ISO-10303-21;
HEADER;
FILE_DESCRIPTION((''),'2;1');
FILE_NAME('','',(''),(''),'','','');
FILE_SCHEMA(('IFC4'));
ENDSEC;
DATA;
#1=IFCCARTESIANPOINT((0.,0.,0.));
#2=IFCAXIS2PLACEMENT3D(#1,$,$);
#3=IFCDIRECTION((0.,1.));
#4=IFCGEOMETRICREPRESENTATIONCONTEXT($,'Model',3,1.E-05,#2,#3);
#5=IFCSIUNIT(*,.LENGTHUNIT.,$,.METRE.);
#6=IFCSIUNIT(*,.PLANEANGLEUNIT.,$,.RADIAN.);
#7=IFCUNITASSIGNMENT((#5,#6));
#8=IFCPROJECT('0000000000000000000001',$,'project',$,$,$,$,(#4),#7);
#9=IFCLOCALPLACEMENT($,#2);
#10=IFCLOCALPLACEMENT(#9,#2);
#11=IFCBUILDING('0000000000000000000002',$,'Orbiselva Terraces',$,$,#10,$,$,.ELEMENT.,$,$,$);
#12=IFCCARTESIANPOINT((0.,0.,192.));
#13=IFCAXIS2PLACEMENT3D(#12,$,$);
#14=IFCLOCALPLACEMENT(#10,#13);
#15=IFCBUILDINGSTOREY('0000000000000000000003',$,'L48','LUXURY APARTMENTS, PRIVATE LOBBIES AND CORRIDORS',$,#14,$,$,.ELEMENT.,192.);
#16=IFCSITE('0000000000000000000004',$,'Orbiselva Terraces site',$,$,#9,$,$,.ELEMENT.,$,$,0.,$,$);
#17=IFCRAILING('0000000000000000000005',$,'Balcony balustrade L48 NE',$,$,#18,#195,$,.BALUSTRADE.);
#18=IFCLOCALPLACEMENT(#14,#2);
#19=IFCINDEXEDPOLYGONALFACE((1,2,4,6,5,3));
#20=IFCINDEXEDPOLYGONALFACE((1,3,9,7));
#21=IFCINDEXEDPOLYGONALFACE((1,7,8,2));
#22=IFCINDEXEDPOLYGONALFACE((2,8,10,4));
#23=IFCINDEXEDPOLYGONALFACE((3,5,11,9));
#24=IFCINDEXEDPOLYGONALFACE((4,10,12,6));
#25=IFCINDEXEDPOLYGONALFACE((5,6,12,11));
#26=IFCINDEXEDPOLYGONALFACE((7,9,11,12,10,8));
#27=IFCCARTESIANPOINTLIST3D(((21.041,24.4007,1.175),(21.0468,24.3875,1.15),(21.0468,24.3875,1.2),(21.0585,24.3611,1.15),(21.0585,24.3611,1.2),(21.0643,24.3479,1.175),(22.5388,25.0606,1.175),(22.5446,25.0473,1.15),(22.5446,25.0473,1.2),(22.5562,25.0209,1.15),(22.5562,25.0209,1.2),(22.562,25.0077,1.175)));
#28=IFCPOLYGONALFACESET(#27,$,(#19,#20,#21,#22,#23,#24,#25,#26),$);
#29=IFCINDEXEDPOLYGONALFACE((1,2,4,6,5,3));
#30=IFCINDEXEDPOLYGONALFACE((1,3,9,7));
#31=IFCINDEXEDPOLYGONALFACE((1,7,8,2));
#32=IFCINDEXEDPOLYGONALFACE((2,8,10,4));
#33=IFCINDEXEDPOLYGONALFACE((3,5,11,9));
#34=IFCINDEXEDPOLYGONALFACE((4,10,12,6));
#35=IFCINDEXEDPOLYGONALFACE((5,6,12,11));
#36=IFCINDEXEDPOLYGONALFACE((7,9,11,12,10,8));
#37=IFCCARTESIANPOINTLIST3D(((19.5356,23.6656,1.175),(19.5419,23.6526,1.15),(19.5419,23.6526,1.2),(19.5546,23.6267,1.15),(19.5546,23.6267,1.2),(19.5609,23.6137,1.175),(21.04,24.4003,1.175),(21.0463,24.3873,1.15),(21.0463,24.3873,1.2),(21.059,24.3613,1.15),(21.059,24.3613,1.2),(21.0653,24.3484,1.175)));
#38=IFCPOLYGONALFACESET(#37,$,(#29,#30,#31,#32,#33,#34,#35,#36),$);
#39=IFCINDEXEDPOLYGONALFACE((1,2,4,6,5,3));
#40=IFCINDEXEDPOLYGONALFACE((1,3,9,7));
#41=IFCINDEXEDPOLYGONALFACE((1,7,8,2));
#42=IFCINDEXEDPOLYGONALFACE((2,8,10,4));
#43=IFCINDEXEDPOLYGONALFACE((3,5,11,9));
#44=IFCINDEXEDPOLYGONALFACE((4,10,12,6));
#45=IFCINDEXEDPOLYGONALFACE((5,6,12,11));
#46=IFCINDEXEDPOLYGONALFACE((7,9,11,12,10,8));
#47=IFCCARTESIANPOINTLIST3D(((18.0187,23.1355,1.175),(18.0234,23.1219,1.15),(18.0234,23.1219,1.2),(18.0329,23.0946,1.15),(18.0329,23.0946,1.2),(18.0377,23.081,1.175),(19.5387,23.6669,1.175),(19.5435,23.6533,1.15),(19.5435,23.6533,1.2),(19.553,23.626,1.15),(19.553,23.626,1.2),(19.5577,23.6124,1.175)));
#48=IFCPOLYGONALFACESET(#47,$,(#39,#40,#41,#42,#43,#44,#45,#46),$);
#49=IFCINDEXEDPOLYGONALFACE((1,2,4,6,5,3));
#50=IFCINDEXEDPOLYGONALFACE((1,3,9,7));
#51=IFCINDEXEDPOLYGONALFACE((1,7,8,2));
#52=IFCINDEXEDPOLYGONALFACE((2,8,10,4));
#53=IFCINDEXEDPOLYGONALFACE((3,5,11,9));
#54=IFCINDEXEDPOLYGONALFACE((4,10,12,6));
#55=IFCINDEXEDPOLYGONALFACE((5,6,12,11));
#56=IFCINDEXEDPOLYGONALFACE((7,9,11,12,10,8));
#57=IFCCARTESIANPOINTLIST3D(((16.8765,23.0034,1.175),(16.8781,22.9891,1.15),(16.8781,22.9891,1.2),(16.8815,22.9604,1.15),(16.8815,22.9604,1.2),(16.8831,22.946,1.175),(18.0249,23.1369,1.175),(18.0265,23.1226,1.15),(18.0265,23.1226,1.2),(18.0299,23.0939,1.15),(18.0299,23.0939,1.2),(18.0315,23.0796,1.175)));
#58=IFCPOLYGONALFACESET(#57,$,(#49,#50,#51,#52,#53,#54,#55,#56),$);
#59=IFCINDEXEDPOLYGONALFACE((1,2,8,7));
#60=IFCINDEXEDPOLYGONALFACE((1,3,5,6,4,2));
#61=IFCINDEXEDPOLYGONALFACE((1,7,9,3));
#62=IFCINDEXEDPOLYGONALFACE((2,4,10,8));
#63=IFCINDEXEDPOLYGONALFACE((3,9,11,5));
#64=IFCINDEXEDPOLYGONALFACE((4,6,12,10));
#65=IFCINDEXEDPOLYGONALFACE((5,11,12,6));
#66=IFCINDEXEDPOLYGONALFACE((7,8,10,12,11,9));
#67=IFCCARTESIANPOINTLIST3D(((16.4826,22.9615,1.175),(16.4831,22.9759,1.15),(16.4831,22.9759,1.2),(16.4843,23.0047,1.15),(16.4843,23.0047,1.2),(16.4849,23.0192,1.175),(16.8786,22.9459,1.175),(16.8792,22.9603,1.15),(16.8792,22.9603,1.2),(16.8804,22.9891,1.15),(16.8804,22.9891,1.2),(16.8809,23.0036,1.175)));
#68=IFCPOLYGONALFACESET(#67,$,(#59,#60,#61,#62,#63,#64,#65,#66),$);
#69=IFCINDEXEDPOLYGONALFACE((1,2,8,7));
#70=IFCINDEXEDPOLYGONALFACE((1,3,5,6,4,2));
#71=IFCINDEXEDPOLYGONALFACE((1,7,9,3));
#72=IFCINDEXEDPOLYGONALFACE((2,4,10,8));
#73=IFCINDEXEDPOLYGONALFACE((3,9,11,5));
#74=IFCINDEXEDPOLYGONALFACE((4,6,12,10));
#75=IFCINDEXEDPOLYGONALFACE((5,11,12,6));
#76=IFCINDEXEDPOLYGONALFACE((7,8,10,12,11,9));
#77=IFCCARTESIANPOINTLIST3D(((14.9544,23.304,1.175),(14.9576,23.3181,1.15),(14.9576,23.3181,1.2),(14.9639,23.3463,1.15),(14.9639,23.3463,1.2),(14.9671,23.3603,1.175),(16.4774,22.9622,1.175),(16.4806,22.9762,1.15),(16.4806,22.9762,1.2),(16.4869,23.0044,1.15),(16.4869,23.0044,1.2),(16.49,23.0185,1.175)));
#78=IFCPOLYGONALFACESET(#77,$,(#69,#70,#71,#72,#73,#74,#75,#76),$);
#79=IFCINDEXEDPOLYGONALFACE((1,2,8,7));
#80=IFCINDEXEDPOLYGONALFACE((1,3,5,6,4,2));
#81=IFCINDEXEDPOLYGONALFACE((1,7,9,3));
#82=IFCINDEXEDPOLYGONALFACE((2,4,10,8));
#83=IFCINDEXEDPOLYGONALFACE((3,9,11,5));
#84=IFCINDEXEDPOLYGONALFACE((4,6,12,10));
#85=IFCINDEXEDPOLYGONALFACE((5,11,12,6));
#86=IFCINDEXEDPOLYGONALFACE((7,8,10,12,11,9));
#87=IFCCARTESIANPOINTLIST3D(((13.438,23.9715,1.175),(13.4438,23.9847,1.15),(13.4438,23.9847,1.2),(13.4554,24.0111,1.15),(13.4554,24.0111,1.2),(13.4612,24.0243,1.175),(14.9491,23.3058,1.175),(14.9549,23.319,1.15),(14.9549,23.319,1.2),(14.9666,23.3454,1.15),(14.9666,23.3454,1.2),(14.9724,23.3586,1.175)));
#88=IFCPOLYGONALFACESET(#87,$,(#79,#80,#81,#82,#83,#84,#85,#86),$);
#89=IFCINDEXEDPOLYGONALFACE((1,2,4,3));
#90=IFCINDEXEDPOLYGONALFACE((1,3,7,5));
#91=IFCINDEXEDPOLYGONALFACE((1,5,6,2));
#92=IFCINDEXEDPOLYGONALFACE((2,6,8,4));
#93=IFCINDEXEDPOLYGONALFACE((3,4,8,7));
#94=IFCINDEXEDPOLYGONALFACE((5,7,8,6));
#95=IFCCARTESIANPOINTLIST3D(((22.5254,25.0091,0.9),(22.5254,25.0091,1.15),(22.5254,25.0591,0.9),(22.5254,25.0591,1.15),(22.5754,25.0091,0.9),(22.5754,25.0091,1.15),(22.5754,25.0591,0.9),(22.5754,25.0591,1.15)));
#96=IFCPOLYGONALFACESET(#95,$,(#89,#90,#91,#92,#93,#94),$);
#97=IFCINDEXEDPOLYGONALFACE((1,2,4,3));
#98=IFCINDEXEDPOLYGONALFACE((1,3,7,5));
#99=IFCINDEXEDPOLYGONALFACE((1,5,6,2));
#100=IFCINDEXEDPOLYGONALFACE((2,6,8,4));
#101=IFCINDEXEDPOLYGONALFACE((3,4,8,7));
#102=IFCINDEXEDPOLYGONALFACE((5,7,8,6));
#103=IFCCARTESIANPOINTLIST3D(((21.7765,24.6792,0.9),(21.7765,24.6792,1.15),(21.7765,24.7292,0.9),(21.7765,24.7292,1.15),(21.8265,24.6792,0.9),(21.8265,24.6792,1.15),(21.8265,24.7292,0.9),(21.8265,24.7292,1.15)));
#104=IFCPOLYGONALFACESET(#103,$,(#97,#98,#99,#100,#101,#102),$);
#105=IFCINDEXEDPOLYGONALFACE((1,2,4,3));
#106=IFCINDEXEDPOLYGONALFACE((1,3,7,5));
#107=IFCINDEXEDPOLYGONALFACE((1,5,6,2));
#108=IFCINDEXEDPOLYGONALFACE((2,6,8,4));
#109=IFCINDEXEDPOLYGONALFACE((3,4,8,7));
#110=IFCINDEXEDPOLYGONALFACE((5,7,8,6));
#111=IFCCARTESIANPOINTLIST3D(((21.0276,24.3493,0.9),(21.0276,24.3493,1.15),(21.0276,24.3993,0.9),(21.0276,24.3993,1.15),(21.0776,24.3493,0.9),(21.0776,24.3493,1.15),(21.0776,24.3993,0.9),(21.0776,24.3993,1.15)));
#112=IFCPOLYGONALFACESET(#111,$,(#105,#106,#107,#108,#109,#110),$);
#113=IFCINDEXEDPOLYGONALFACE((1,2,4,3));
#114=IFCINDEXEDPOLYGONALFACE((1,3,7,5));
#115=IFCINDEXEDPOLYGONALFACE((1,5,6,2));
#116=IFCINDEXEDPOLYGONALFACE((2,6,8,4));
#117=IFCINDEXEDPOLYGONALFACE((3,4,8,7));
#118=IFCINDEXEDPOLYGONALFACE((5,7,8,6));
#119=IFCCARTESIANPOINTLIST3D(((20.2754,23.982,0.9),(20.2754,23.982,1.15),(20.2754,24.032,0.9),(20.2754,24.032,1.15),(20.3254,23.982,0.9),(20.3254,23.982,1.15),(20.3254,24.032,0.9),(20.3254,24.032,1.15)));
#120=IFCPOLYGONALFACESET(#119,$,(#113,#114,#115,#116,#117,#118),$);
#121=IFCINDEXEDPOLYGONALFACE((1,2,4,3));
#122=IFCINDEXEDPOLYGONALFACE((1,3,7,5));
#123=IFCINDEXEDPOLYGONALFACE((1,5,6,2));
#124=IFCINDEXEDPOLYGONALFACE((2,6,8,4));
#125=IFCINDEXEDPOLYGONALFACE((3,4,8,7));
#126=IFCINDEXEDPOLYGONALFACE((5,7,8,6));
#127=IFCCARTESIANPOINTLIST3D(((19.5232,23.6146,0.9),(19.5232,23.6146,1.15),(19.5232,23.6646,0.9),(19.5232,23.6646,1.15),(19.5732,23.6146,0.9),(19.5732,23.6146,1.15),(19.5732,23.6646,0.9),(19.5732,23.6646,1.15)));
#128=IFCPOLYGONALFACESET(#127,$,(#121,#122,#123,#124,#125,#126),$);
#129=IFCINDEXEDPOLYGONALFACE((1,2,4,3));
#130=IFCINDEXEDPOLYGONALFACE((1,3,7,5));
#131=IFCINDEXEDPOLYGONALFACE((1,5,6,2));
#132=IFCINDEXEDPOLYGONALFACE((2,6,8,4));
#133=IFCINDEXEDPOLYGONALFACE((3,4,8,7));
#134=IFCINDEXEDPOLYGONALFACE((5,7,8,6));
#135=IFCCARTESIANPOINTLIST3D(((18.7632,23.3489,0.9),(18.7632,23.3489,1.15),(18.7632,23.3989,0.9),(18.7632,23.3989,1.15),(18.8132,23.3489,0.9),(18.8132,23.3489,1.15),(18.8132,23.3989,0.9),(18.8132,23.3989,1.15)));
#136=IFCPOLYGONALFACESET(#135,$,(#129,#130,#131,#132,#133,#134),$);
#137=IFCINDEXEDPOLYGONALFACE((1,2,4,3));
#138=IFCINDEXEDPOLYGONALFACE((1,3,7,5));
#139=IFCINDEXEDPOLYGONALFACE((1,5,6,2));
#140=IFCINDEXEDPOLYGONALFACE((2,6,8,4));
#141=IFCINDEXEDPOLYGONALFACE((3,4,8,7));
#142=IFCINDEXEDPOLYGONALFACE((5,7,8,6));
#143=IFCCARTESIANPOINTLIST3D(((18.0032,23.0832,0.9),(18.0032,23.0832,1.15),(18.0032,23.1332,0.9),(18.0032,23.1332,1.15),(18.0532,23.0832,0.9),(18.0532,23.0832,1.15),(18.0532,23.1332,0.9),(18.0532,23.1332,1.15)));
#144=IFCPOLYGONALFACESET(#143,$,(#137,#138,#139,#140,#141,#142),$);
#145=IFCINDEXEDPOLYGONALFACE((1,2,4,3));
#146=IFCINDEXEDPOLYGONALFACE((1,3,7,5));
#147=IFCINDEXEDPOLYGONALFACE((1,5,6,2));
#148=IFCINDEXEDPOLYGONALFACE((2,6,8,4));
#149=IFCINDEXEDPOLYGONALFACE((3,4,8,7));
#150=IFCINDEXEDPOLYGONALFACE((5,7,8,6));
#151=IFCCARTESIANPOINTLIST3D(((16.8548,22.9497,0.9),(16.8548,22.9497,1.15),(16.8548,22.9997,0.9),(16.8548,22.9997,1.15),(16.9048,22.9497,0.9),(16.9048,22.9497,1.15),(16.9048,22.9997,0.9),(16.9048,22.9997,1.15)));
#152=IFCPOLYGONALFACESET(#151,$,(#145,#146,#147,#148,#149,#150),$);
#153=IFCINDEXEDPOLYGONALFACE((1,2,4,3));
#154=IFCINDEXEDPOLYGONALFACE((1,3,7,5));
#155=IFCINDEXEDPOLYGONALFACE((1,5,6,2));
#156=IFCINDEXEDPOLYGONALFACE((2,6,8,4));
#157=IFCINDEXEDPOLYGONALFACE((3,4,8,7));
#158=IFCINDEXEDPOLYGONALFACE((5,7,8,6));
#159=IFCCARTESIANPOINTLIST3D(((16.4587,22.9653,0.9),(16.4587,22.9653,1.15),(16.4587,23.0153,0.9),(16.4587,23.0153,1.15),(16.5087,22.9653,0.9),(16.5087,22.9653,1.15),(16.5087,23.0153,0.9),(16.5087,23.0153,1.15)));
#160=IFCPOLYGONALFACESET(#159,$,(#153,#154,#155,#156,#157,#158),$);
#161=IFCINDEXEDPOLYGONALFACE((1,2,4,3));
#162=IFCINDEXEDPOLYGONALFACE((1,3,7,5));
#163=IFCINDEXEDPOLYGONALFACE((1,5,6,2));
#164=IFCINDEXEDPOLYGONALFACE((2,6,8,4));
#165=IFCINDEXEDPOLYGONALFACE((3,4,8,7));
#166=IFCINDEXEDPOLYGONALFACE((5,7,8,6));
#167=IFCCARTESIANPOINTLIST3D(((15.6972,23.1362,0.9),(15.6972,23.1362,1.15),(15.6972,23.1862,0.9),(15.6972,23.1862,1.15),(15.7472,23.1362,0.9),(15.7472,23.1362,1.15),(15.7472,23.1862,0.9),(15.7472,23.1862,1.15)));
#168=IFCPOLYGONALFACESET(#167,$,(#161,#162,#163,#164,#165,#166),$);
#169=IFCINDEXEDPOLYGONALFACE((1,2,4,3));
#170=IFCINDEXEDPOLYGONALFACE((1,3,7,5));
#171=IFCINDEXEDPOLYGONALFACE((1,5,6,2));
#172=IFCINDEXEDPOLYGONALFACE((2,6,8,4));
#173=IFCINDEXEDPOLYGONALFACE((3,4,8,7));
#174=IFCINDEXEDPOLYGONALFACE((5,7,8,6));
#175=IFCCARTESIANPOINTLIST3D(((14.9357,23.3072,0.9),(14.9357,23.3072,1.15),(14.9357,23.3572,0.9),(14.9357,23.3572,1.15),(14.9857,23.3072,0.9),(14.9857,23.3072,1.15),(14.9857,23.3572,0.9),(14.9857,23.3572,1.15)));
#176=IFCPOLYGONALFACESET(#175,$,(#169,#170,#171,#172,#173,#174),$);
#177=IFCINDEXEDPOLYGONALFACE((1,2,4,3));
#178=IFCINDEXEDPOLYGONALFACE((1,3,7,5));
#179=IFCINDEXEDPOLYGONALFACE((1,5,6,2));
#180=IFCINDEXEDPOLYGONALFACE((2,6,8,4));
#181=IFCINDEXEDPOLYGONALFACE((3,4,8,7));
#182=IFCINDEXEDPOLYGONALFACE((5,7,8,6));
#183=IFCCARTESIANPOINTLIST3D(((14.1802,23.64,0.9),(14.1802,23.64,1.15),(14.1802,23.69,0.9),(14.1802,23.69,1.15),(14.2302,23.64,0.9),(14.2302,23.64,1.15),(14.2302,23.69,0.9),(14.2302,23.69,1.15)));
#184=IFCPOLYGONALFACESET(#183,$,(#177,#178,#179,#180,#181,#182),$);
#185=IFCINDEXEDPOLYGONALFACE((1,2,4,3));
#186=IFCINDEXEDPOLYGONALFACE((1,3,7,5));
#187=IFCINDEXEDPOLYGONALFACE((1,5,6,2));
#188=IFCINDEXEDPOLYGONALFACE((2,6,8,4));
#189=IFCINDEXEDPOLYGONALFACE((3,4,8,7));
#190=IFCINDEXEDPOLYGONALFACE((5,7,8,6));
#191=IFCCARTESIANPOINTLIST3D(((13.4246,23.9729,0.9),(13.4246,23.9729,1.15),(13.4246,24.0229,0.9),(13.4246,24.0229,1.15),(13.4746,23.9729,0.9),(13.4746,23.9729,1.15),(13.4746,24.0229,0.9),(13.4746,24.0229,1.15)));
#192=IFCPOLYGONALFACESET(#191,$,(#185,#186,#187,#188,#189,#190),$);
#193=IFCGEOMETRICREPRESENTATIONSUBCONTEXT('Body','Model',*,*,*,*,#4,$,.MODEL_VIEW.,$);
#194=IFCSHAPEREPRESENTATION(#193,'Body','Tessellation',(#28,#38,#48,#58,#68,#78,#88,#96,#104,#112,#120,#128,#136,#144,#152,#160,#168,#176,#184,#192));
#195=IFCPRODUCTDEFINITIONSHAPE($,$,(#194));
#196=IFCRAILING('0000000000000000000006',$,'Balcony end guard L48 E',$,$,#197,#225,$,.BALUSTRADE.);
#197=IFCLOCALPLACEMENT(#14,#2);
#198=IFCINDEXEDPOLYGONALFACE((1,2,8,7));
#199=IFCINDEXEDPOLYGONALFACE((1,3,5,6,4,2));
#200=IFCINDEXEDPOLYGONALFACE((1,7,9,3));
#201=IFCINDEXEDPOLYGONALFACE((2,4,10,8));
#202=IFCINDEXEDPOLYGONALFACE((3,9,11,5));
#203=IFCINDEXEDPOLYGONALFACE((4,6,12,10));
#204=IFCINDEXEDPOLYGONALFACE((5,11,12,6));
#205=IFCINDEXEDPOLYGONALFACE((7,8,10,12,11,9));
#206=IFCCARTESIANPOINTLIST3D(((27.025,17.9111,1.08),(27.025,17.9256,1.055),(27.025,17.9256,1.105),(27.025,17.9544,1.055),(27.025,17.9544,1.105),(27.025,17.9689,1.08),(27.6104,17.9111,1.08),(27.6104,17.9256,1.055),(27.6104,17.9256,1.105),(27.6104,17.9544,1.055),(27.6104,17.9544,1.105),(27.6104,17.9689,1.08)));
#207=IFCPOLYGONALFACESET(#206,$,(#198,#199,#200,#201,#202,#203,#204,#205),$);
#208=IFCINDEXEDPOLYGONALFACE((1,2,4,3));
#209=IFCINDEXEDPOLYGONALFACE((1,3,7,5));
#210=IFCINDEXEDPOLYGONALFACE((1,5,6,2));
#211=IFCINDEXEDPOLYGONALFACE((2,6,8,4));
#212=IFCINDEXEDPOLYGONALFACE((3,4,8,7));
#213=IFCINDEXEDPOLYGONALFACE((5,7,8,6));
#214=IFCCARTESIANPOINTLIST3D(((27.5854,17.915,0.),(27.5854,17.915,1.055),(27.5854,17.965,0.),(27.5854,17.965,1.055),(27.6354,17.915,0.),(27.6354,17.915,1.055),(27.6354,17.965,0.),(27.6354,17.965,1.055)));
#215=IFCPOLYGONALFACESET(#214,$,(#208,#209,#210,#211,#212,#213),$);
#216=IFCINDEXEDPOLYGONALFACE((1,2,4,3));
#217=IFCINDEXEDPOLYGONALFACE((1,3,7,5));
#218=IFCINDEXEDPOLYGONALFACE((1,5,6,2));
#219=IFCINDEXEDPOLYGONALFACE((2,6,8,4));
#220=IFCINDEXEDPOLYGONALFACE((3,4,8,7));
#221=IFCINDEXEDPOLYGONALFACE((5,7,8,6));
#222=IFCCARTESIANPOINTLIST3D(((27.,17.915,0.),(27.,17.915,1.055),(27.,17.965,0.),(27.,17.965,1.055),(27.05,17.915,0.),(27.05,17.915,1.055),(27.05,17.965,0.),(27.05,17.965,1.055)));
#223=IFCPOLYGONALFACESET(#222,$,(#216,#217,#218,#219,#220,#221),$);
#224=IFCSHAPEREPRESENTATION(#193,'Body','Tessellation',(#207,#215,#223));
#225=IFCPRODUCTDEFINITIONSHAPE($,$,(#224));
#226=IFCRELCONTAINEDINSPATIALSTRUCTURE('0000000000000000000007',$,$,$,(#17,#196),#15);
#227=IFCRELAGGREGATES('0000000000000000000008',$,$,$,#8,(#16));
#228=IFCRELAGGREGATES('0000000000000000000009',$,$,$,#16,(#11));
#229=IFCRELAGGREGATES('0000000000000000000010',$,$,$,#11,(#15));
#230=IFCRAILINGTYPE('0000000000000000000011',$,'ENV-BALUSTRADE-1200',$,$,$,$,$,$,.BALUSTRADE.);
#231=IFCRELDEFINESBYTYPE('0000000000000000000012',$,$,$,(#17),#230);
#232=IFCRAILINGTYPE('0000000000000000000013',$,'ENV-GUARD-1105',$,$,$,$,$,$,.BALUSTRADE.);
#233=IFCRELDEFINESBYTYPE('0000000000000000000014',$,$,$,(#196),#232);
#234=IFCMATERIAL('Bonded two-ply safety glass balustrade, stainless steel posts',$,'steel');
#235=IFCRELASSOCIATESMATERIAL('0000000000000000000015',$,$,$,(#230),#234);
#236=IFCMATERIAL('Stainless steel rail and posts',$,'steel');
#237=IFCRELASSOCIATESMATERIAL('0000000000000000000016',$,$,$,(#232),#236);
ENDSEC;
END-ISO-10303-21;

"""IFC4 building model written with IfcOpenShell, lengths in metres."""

from ifc_helpers import new_model, si_unit, direction, frame, origin, origin_2d, place, context, subcontext, project, spatial, polyline, rectangle, outline, extrude, material, type_object, element, save


model = new_model("IFC4")

# Units and contexts
model_context = context("Model", 3, precision=1e-05, world=origin(), true_north=direction((0.0, 1.0)))
body_context = subcontext(model_context, "Body", "Model", "MODEL_VIEW")
ifc_project = project(units=[si_unit("LENGTHUNIT", "METRE"), si_unit("PLANEANGLEUNIT", "RADIAN")], contexts=[model_context])

# Site, building, storey
site_placement = place(None, origin())
site = spatial("IfcSite", under=ifc_project, at=site_placement, Name="Orbiselva Terraces site", CompositionType="ELEMENT", RefElevation=0.0)
building_placement = place(site_placement, origin())
building = spatial("IfcBuilding", under=site, at=building_placement, Name="Orbiselva Terraces", CompositionType="ELEMENT")
storey_placement = place(building_placement, frame((0.0, 0.0, 192.0)))
storey = spatial("IfcBuildingStorey", under=building, at=storey_placement, Name="L48", Description="LUXURY APARTMENTS, PRIVATE LOBBIES AND CORRIDORS", CompositionType="ELEMENT", Elevation=192.0)

# Railings
ifc_material_1 = material(Name="Bonded two-ply safety glass balustrade, stainless steel posts", Category="steel")
railing_type_1 = type_object("IfcRailingType", Name="ENV-BALUSTRADE-1200", PredefinedType="BALUSTRADE", material=ifc_material_1)
railing_1_placement = place(storey_placement, frame((22.5504, 25.0341, 0.9)))
element("IfcRailing", 1, at=railing_1_placement, inside=storey, type_object=railing_type_1, Name="Balcony balustrade L48 NE", PredefinedType="BALUSTRADE", context=body_context, shape_type="SweptSolid", body=[
    extrude(outline(polyline([(0.0289, 0.0), (0.0144, 0.025), (-0.0144, 0.025), (-0.0289, 0.0), (-0.0144, -0.025), (0.0144, -0.025), (0.0289, 0.0)])), frame((0.0, 0.0, 0.275), z_axis=(-0.915133, -0.403151, 0.0), x_axis=(0.403151, -0.915133, 0.0)), (0.0, 0.0, 1.0), 1.6366),
    extrude(outline(polyline([(0.0289, 0.0), (0.0144, 0.025), (-0.0144, 0.025), (-0.0289, 0.0), (-0.0144, -0.025), (0.0144, -0.025), (0.0289, 0.0)])), frame((-1.4978, -0.6598, 0.275), z_axis=(-0.898579, -0.438812, 0.0), x_axis=(0.438812, -0.898579, 0.0)), (0.0, 0.0, 1.0), 1.6742),
    extrude(outline(polyline([(0.0289, 0.0), (0.0144, 0.025), (-0.0144, 0.025), (-0.0289, 0.0), (-0.0144, -0.025), (0.0144, -0.025), (0.0289, 0.0)])), frame((-3.0022, -1.3945, 0.275), z_axis=(-0.943972, -0.330025, 0.0), x_axis=(0.330025, -0.943972, 0.0)), (0.0, 0.0, 1.0), 1.6103),
    extrude(outline(polyline([(0.0289, 0.0), (0.0144, 0.025), (-0.0144, 0.025), (-0.0289, 0.0), (-0.0144, -0.025), (0.0144, -0.025), (0.0289, 0.0)])), frame((-4.5222, -1.9259, 0.275), z_axis=(-0.99331, -0.115482, 0.0), x_axis=(0.115482, -0.99331, 0.0)), (0.0, 0.0, 1.0), 1.1561),
    extrude(outline(polyline([(0.0289, 0.0), (0.0144, 0.025), (-0.0144, 0.025), (-0.0289, 0.0), (-0.0144, -0.025), (0.0144, -0.025), (0.0289, 0.0)])), frame((-5.6706, -2.0594, 0.275), z_axis=(-0.999225, 0.039369, 0.0), x_axis=(-0.039369, -0.999225, 0.0)), (0.0, 0.0, 1.0), 0.3964),
    extrude(outline(polyline([(0.0289, 0.0), (0.0144, 0.025), (-0.0144, 0.025), (-0.0289, 0.0), (-0.0144, -0.025), (0.0144, -0.025), (0.0289, 0.0)])), frame((-6.0667, -2.0438, 0.275), z_axis=(-0.975721, 0.219016, 0.0), x_axis=(-0.219016, -0.975721, 0.0)), (0.0, 0.0, 1.0), 1.5609),
    extrude(outline(polyline([(0.0289, 0.0), (0.0144, 0.025), (-0.0144, 0.025), (-0.0289, 0.0), (-0.0144, -0.025), (0.0144, -0.025), (0.0289, 0.0)])), frame((-7.5896, -1.702, 0.275), z_axis=(-0.915134, 0.403151, 0.0), x_axis=(-0.403151, -0.915134, 0.0)), (0.0, 0.0, 1.0), 1.6513),
    extrude(rectangle(XDim=0.05, YDim=0.05, at=origin_2d()), origin(), (0.0, 0.0, 1.0), 0.25),
    extrude(rectangle(XDim=0.05, YDim=0.05, at=origin_2d()), frame((-0.7489, -0.3299, 0.0)), (0.0, 0.0, 1.0), 0.25),
    extrude(rectangle(XDim=0.05, YDim=0.05, at=origin_2d()), frame((-1.4978, -0.6598, 0.0)), (0.0, 0.0, 1.0), 0.25),
    extrude(rectangle(XDim=0.05, YDim=0.05, at=origin_2d()), frame((-2.25, -1.0272, 0.0)), (0.0, 0.0, 1.0), 0.25),
    extrude(rectangle(XDim=0.05, YDim=0.05, at=origin_2d()), frame((-3.0022, -1.3945, 0.0)), (0.0, 0.0, 1.0), 0.25),
    extrude(rectangle(XDim=0.05, YDim=0.05, at=origin_2d()), frame((-3.7622, -1.6602, 0.0)), (0.0, 0.0, 1.0), 0.25),
    extrude(rectangle(XDim=0.05, YDim=0.05, at=origin_2d()), frame((-4.5222, -1.9259, 0.0)), (0.0, 0.0, 1.0), 0.25),
    extrude(rectangle(XDim=0.05, YDim=0.05, at=origin_2d()), frame((-5.6706, -2.0594, 0.0)), (0.0, 0.0, 1.0), 0.25),
    extrude(rectangle(XDim=0.05, YDim=0.05, at=origin_2d()), frame((-6.0667, -2.0438, 0.0)), (0.0, 0.0, 1.0), 0.25),
    extrude(rectangle(XDim=0.05, YDim=0.05, at=origin_2d()), frame((-6.8282, -1.8729, 0.0)), (0.0, 0.0, 1.0), 0.25),
    extrude(rectangle(XDim=0.05, YDim=0.05, at=origin_2d()), frame((-7.5896, -1.702, 0.0)), (0.0, 0.0, 1.0), 0.25),
    extrude(rectangle(XDim=0.05, YDim=0.05, at=origin_2d()), frame((-8.3452, -1.3691, 0.0)), (0.0, 0.0, 1.0), 0.25),
    extrude(rectangle(XDim=0.05, YDim=0.05, at=origin_2d()), frame((-9.1008, -1.0362, 0.0)), (0.0, 0.0, 1.0), 0.25),
])
ifc_material_2 = material(Name="Stainless steel rail and posts", Category="steel")
railing_type_2 = type_object("IfcRailingType", Name="ENV-GUARD-1105", PredefinedType="BALUSTRADE", material=ifc_material_2)
railing_2_placement = place(storey_placement, frame((27.6104, 17.94, 0.0)))
element("IfcRailing", 2, at=railing_2_placement, inside=storey, type_object=railing_type_2, Name="Balcony end guard L48 E", PredefinedType="BALUSTRADE", context=body_context, shape_type="SweptSolid", body=[
    extrude(outline(polyline([(0.0289, 0.0), (0.0144, 0.025), (-0.0144, 0.025), (-0.0289, 0.0), (-0.0144, -0.025), (0.0144, -0.025), (0.0289, 0.0)])), frame((0.0, 0.0, 1.08), z_axis=(-1.0, 0.0, 0.0), x_axis=(0.0, -1.0, 0.0)), (0.0, 0.0, 1.0), 0.5854),
    extrude(rectangle(XDim=0.05, YDim=0.05, at=origin_2d()), origin(), (0.0, 0.0, 1.0), 1.055),
    extrude(rectangle(XDim=0.05, YDim=0.05, at=origin_2d()), frame((-0.5854, 0.0, 0.0)), (0.0, 0.0, 1.0), 1.055),
])

save(model, "model.ifc")
